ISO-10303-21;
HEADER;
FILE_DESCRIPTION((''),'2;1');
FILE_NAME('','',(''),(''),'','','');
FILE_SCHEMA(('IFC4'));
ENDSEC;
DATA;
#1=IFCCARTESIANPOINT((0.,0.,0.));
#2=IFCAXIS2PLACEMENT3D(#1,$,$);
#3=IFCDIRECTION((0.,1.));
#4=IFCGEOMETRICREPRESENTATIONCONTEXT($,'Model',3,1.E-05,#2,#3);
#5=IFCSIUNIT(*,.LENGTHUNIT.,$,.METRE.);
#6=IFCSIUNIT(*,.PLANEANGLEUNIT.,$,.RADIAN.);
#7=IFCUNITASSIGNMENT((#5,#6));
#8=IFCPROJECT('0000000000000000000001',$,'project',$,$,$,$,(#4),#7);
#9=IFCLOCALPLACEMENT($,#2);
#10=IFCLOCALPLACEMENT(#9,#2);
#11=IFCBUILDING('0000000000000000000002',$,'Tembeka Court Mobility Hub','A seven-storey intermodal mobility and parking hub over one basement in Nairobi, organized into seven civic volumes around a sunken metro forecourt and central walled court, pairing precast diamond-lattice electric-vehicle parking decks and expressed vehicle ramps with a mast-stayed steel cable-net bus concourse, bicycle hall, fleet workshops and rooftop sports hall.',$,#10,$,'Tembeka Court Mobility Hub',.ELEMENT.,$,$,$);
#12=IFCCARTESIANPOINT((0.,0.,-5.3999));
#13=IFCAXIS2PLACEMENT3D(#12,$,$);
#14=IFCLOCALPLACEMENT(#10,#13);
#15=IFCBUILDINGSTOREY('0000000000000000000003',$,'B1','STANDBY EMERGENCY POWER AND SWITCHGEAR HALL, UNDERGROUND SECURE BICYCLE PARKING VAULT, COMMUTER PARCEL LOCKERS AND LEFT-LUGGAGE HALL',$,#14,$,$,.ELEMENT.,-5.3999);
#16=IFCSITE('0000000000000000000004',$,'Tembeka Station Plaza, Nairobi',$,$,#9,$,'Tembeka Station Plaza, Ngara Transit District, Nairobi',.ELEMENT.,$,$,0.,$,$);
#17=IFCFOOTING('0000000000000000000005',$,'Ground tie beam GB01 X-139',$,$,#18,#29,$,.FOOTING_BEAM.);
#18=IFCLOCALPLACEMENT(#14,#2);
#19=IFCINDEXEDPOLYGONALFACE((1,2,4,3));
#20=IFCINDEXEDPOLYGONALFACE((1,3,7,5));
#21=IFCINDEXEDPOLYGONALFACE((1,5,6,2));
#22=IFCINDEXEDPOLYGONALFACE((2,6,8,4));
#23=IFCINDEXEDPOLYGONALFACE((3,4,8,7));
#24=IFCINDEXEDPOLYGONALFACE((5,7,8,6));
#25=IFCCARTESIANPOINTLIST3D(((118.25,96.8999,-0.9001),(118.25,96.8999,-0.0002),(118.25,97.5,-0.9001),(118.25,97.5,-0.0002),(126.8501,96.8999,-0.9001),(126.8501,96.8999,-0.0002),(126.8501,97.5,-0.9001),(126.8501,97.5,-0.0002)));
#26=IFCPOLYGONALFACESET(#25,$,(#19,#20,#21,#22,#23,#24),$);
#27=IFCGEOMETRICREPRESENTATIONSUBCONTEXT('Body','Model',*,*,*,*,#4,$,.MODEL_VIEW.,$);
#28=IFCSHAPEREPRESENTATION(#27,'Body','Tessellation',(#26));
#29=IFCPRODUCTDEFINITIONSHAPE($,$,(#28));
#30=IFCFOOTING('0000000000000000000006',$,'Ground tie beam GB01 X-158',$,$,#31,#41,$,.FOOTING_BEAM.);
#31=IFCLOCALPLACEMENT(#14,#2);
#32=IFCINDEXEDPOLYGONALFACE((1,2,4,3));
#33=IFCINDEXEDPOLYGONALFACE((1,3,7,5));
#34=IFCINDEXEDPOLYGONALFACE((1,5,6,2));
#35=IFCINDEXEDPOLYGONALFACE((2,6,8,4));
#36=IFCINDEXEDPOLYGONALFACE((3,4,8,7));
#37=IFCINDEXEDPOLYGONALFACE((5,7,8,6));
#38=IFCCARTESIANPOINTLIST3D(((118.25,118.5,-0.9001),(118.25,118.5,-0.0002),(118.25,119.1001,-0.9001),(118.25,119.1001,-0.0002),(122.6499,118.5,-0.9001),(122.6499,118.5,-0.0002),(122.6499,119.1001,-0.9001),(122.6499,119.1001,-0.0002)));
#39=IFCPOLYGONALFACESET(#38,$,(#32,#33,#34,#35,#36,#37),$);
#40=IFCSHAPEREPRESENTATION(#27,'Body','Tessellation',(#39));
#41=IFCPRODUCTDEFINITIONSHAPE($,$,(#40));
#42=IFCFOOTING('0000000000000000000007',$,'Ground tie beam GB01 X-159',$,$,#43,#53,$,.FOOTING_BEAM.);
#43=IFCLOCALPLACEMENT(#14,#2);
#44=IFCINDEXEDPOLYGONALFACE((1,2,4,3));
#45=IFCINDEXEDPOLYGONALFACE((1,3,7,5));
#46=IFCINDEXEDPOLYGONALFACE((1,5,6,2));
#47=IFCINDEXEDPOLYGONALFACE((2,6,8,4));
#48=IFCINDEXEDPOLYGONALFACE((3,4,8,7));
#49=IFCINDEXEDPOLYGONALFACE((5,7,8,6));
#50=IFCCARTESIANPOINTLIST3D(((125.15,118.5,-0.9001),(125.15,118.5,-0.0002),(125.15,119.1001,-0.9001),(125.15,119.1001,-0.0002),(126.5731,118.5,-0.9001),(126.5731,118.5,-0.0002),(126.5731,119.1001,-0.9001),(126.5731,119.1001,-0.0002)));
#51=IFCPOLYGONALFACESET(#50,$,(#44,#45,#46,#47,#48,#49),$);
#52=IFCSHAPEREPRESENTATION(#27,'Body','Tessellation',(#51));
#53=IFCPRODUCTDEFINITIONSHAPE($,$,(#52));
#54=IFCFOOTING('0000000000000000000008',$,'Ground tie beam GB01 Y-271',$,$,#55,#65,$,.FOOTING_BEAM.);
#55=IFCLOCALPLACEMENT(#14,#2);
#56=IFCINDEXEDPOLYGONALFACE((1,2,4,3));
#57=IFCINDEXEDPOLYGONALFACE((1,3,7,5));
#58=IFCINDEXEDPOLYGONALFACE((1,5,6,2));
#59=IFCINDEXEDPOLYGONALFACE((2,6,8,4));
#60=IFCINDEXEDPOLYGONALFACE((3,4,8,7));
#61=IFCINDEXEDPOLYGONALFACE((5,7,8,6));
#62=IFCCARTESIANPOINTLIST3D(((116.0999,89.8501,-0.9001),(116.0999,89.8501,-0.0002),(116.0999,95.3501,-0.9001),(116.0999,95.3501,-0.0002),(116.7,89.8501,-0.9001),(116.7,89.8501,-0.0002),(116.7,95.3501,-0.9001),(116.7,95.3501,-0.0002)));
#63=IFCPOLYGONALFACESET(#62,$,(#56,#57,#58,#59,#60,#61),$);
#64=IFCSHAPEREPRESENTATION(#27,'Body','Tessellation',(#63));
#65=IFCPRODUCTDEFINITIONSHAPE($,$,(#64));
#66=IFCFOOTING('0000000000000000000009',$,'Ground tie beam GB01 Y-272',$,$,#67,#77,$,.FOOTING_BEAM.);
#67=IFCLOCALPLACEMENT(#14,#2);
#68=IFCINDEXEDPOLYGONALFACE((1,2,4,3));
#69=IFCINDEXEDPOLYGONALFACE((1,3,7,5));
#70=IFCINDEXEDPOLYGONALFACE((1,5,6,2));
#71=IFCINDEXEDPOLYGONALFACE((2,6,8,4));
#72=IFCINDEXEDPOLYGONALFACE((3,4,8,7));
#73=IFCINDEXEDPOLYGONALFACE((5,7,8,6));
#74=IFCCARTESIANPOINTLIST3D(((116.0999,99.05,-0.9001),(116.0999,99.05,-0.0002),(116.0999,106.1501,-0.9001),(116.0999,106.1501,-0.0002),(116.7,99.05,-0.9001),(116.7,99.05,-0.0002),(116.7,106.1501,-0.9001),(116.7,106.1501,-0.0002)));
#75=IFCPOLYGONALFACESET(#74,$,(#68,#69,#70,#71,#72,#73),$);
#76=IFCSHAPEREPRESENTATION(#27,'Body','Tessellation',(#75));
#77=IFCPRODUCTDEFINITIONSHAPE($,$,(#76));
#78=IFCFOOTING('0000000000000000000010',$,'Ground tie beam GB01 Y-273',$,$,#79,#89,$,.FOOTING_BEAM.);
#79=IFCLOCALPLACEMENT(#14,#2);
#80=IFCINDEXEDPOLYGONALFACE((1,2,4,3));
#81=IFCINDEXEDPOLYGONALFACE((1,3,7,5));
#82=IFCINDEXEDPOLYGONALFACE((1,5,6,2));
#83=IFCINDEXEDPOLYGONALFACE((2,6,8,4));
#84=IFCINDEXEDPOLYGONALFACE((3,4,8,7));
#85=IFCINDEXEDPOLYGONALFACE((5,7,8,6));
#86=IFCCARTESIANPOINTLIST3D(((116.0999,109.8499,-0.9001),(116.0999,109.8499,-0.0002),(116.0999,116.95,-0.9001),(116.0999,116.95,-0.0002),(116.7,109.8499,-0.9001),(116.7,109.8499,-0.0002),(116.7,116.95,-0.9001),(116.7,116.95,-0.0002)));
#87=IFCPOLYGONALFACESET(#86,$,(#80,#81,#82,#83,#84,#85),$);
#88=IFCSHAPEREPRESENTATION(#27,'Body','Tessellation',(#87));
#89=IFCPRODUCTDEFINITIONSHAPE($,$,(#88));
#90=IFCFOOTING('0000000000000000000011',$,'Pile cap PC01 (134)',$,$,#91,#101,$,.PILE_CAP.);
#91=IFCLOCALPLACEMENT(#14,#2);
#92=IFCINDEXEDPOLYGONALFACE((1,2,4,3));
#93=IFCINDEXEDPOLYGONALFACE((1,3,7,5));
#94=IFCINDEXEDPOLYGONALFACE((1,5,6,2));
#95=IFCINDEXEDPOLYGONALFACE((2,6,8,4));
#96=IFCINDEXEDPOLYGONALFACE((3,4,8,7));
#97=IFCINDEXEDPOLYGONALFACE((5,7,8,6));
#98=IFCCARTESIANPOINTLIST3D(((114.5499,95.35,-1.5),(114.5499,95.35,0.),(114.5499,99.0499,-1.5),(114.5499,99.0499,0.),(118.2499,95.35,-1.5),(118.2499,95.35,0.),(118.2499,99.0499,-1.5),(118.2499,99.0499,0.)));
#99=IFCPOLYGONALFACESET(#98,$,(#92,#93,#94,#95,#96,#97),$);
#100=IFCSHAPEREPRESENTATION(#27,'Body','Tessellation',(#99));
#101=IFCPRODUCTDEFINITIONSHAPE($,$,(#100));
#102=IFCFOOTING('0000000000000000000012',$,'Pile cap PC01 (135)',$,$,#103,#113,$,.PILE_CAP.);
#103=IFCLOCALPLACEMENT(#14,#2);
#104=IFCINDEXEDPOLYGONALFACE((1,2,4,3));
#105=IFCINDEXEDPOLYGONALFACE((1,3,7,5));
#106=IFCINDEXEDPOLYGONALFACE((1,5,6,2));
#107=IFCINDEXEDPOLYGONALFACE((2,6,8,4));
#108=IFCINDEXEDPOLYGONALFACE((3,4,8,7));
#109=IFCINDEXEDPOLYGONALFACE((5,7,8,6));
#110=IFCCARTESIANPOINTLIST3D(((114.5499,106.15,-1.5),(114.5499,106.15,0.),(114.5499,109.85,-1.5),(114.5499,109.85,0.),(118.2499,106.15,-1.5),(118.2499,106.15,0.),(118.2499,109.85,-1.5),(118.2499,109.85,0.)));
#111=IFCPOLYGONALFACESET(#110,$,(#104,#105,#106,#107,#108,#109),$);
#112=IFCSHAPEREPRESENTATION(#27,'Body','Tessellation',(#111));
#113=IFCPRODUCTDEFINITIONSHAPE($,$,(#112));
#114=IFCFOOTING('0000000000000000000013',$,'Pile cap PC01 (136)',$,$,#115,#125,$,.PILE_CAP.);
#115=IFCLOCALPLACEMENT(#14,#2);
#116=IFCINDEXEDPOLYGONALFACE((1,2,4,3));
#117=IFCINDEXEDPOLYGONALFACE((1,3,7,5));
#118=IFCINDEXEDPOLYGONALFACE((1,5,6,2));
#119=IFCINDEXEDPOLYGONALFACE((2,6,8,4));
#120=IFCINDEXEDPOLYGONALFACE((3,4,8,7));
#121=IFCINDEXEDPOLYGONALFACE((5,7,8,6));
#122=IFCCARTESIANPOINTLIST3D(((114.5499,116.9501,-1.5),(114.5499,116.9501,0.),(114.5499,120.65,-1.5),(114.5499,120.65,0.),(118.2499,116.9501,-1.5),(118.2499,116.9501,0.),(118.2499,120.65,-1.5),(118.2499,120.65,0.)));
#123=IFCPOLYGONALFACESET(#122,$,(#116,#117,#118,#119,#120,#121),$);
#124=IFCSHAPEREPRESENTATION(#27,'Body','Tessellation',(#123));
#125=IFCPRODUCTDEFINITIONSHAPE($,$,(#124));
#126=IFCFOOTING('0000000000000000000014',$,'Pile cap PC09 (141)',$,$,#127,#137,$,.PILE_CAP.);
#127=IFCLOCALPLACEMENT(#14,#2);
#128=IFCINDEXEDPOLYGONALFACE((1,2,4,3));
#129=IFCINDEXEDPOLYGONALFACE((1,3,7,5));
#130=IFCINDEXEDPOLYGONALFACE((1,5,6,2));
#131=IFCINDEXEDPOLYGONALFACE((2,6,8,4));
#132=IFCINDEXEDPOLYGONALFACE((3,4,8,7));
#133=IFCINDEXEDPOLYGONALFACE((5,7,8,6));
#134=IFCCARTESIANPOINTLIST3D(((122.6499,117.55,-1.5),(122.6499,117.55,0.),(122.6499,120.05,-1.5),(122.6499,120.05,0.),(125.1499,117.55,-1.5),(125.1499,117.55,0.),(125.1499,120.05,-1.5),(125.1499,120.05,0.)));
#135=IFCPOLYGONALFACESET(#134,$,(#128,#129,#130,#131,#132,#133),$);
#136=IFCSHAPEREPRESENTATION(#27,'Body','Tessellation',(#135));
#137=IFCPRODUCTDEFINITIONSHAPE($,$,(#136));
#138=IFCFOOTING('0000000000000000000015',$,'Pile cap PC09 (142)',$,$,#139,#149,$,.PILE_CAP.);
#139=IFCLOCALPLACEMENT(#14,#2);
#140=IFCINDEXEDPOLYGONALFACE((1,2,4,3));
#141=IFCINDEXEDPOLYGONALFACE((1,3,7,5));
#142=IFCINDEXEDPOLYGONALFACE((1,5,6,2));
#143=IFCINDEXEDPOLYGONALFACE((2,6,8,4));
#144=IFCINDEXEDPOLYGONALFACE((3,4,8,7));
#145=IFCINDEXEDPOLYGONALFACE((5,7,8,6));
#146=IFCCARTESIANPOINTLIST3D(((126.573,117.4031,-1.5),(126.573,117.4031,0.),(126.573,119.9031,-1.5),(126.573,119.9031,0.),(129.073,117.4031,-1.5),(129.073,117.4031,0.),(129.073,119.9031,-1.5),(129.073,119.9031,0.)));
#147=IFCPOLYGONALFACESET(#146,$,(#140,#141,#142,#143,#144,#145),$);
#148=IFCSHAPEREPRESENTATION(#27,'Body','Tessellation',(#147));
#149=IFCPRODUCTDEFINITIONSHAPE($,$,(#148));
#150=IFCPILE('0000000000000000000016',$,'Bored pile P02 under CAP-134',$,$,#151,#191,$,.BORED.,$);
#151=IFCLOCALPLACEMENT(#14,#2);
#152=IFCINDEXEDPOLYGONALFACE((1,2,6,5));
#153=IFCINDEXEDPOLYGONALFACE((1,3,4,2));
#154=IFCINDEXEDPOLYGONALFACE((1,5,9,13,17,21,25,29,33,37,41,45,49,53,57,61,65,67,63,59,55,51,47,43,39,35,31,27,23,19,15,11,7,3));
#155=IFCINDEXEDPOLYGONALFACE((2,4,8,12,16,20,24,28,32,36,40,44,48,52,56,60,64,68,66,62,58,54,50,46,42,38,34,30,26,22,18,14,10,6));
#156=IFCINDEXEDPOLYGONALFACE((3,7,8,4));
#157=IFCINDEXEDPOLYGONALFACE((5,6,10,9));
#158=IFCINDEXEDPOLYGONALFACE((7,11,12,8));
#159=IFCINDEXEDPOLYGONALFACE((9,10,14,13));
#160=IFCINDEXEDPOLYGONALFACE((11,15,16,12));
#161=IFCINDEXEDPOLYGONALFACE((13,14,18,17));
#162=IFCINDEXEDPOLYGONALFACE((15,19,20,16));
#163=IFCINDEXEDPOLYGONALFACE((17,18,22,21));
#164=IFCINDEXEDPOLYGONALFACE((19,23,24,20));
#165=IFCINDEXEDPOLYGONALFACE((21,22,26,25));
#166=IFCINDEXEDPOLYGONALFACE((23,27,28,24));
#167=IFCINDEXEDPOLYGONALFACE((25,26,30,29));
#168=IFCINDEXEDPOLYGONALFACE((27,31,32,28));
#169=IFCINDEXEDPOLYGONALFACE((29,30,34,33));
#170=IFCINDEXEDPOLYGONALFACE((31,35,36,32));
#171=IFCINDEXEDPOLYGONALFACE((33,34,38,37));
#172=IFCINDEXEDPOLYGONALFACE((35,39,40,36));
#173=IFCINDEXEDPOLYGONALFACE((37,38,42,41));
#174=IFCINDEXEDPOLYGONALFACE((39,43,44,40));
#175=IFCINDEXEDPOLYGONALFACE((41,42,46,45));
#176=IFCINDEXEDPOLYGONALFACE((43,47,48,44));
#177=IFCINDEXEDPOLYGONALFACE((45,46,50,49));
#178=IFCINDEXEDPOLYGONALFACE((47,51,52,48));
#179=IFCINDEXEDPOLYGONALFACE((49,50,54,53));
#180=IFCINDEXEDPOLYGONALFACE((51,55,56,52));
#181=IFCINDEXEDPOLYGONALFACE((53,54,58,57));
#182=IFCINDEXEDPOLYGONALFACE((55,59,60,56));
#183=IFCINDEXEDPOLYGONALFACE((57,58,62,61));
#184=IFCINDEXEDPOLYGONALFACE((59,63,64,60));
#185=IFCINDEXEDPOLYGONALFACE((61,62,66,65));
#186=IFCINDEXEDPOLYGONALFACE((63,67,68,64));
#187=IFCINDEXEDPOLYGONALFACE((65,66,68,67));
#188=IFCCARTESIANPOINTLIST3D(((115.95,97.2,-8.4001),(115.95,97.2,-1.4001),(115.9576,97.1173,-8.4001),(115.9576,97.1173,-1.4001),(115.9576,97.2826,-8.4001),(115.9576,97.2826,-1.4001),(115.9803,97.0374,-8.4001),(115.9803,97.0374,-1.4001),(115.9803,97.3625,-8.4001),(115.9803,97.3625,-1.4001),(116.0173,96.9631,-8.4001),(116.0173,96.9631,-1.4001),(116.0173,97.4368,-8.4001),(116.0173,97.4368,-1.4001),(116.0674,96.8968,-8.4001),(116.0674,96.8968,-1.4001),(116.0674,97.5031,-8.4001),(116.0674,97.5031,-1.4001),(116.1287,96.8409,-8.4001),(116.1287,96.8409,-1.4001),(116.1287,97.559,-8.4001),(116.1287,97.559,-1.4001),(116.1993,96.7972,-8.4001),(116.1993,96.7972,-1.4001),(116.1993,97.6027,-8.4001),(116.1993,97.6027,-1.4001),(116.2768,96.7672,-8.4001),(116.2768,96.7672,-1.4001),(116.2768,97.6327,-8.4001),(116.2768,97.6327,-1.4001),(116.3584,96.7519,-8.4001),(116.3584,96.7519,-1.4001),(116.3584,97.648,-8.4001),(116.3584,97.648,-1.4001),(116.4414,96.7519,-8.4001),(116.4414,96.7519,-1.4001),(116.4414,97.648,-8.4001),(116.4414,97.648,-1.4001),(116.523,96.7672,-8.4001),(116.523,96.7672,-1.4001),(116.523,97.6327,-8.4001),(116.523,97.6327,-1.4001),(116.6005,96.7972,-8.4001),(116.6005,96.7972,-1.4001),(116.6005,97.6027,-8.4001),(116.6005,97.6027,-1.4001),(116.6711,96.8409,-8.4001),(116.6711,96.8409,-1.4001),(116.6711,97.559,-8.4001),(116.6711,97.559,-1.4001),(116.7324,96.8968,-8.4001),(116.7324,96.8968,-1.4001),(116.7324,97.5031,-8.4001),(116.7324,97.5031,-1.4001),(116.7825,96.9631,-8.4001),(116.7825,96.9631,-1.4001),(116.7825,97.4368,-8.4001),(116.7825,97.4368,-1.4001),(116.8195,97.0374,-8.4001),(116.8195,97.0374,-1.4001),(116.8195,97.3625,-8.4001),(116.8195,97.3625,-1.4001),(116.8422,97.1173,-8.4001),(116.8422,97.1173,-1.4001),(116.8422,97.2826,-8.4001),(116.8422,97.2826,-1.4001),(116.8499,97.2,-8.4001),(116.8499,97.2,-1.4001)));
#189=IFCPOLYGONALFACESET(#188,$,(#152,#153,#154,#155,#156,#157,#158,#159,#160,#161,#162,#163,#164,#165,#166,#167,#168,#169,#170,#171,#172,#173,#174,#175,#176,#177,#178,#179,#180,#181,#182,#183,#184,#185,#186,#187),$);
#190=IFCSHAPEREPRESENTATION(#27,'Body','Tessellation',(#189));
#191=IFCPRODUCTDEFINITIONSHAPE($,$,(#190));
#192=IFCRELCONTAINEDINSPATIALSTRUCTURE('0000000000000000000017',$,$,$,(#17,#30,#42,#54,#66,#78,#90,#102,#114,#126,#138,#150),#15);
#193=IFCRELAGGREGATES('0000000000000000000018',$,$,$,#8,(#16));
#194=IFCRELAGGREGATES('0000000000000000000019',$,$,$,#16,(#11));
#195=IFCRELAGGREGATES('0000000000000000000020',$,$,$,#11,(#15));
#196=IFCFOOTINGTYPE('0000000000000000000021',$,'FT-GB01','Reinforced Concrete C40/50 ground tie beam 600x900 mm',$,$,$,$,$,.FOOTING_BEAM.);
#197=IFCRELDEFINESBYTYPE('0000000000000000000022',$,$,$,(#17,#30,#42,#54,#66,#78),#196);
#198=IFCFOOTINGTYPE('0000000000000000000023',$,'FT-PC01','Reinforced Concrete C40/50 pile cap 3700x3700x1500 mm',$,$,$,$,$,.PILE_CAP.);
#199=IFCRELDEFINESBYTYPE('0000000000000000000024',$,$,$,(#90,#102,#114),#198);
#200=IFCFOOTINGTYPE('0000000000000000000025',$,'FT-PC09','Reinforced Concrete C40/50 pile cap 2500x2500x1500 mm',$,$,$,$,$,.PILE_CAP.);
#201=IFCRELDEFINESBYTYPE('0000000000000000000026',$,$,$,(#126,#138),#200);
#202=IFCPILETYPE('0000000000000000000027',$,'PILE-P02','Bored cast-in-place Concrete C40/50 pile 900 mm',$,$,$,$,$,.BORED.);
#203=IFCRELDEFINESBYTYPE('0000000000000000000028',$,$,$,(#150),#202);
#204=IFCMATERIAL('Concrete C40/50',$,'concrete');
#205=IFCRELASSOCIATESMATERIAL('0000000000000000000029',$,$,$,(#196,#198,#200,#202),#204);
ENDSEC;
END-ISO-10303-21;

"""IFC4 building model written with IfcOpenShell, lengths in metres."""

from ifc_helpers import new_model, si_unit, direction, frame, origin, origin_2d, place, context, subcontext, project, spatial, rectangle, circle, extrude, material, material_profile, profile_set, type_object, element, save


model = new_model("IFC4")

# Units and contexts
model_context = context("Model", 3, precision=1e-05, world=origin(), true_north=direction((0.0, 1.0)))
body_context = subcontext(model_context, "Body", "Model", "MODEL_VIEW")
ifc_project = project(units=[si_unit("LENGTHUNIT", "METRE"), si_unit("PLANEANGLEUNIT", "RADIAN")], contexts=[model_context])

# Site, building, storey
site_placement = place(None, origin())
site = spatial("IfcSite", under=ifc_project, at=site_placement, Name="Tembeka Station Plaza, Nairobi", LongName="Tembeka Station Plaza, Ngara Transit District, Nairobi", CompositionType="ELEMENT", RefElevation=0.0)
building_placement = place(site_placement, origin())
building = spatial("IfcBuilding", under=site, at=building_placement, Name="Tembeka Court Mobility Hub", Description="A seven-storey intermodal mobility and parking hub over one basement in Nairobi, organized into seven civic volumes around a sunken metro forecourt and central walled court, pairing precast diamond-lattice electric-vehicle parking decks and expressed vehicle ramps with a mast-stayed steel cable-net bus concourse, bicycle hall, fleet workshops and rooftop sports hall.", LongName="Tembeka Court Mobility Hub", CompositionType="ELEMENT")
storey_placement = place(building_placement, frame((0.0, 0.0, -5.3999)))
storey = spatial("IfcBuildingStorey", under=building, at=storey_placement, Name="B1", Description="STANDBY EMERGENCY POWER AND SWITCHGEAR HALL, UNDERGROUND SECURE BICYCLE PARKING VAULT, COMMUTER PARCEL LOCKERS AND LEFT-LUGGAGE HALL", CompositionType="ELEMENT", Elevation=-5.3999)

# Footings
ifc_material_1 = material(Name="Concrete C40/50", Category="concrete")
footing_type_1 = type_object("IfcFootingType", Name="FT-GB01", Description="Reinforced Concrete C40/50 ground tie beam 600x900 mm", PredefinedType="FOOTING_BEAM", material=ifc_material_1)
footing_1_placement = place(storey_placement, frame((122.55, 97.2, -0.9001), z_axis=(0.0, 0.0, 1.0), x_axis=(1.0, 0.0, 0.0)))
element("IfcFooting", 1, at=footing_1_placement, inside=storey, type_object=footing_type_1, Name="Ground tie beam GB01 X-139", PredefinedType="FOOTING_BEAM", context=body_context, shape_type="SweptSolid", body=[
    extrude(rectangle(XDim=8.6001, YDim=0.6001, at=origin_2d()), origin(), (0.0, 0.0, 1.0), 0.8999),
])
footing_2_placement = place(storey_placement, frame((120.45, 118.8, -0.9001), z_axis=(0.0, 0.0, 1.0), x_axis=(1.0, 0.0, 0.0)))
element("IfcFooting", 2, at=footing_2_placement, inside=storey, type_object=footing_type_1, Name="Ground tie beam GB01 X-158", PredefinedType="FOOTING_BEAM", context=body_context, shape_type="SweptSolid", body=[
    extrude(rectangle(XDim=4.3999, YDim=0.6001, at=origin_2d()), origin(), (0.0, 0.0, 1.0), 0.8999),
])
footing_3_placement = place(storey_placement, frame((125.8616, 118.8, -0.9001), z_axis=(0.0, 0.0, 1.0), x_axis=(1.0, 0.0, 0.0)))
element("IfcFooting", 3, at=footing_3_placement, inside=storey, type_object=footing_type_1, Name="Ground tie beam GB01 X-159", PredefinedType="FOOTING_BEAM", context=body_context, shape_type="SweptSolid", body=[
    extrude(rectangle(XDim=1.4231, YDim=0.6001, at=origin_2d()), origin(), (0.0, 0.0, 1.0), 0.8999),
])
footing_4_placement = place(storey_placement, frame((116.3999, 92.6001, -0.9001), z_axis=(0.0, 0.0, 1.0), x_axis=(0.0, 1.0, 0.0)))
element("IfcFooting", 4, at=footing_4_placement, inside=storey, type_object=footing_type_1, Name="Ground tie beam GB01 Y-271", PredefinedType="FOOTING_BEAM", context=body_context, shape_type="SweptSolid", body=[
    extrude(rectangle(XDim=5.5, YDim=0.6001, at=origin_2d()), origin(), (0.0, 0.0, 1.0), 0.8999),
])
for number, where, z_axis, x_axis, name in (
    (5, (116.3999, 102.6001, -0.9001), (0.0, 0.0, 1.0), (0.0, 1.0, 0.0), "Ground tie beam GB01 Y-272"),
    (6, (116.3999, 113.3999, -0.9001), (0.0, 0.0, 1.0), (0.0, 1.0, 0.0), "Ground tie beam GB01 Y-273"),
):
    element("IfcFooting", number, at=place(storey_placement, frame(where, z_axis=z_axis, x_axis=x_axis)), inside=storey, type_object=footing_type_1, Name=name, PredefinedType="FOOTING_BEAM", context=body_context, shape_type="SweptSolid", body=[
        extrude(rectangle(XDim=7.1001, YDim=0.6001, at=origin_2d()), origin(), (0.0, 0.0, 1.0), 0.8999),
    ])
footing_type_2 = type_object("IfcFootingType", Name="FT-PC01", Description="Reinforced Concrete C40/50 pile cap 3700x3700x1500 mm", PredefinedType="PILE_CAP", material=ifc_material_1)
for number, where, z_axis, x_axis, name in (
    (7, (116.3999, 97.2, -1.5), (0.0, 0.0, 1.0), (1.0, 0.0, 0.0), "Pile cap PC01 (134)"),
    (8, (116.3999, 108.0, -1.5), (0.0, 0.0, 1.0), (1.0, 0.0, 0.0), "Pile cap PC01 (135)"),
    (9, (116.3999, 118.8, -1.5), (0.0, 0.0, 1.0), (1.0, 0.0, 0.0), "Pile cap PC01 (136)"),
):
    element("IfcFooting", number, at=place(storey_placement, frame(where, z_axis=z_axis, x_axis=x_axis)), inside=storey, type_object=footing_type_2, Name=name, PredefinedType="PILE_CAP", context=body_context, shape_type="SweptSolid", body=[
        extrude(rectangle(XDim=3.7, YDim=3.7, at=origin_2d()), origin(), (0.0, 0.0, 1.0), 1.5),
    ])
footing_type_3 = type_object("IfcFootingType", Name="FT-PC09", Description="Reinforced Concrete C40/50 pile cap 2500x2500x1500 mm", PredefinedType="PILE_CAP", material=ifc_material_1)
for number, where, z_axis, x_axis, name in (
    (10, (123.8999, 118.8, -1.5), (0.0, 0.0, 1.0), (1.0, 0.0, 0.0), "Pile cap PC09 (141)"),
    (11, (127.823, 118.6531, -1.5), (0.0, 0.0, 1.0), (1.0, 0.0, 0.0), "Pile cap PC09 (142)"),
):
    element("IfcFooting", number, at=place(storey_placement, frame(where, z_axis=z_axis, x_axis=x_axis)), inside=storey, type_object=footing_type_3, Name=name, PredefinedType="PILE_CAP", context=body_context, shape_type="SweptSolid", body=[
        extrude(rectangle(XDim=2.5, YDim=2.5, at=origin_2d()), origin(), (0.0, 0.0, 1.0), 1.5),
    ])

# Pile
ifc_material_profile_1 = material_profile(ifc_material_1, circle(Radius=0.45, at=origin_2d()), Name="PILE D900")
ifc_profile_set_1 = profile_set([ifc_material_profile_1], Name="Concrete C40/50")
pile_type = type_object("IfcPileType", Name="PILE-P02", Description="Bored cast-in-place Concrete C40/50 pile 900 mm", PredefinedType="BORED", material=ifc_profile_set_1)
for number, where, z_axis, x_axis, name in (
    (12, (116.3999, 97.2, -1.4001), (0.0, 0.0, -1.0), (1.0, 0.0, 0.0), "Bored pile P02 under CAP-134"),
):
    element("IfcPile", number, at=place(storey_placement, frame(where, z_axis=z_axis, x_axis=x_axis)), inside=storey, type_object=pile_type, Name=name, PredefinedType="BORED", context=body_context, shape_type="SweptSolid", body=[
        extrude(circle(Radius=0.45, at=origin_2d()), origin(), (0.0, 0.0, 1.0), 7.0),
    ])

save(model, "model.ifc")
